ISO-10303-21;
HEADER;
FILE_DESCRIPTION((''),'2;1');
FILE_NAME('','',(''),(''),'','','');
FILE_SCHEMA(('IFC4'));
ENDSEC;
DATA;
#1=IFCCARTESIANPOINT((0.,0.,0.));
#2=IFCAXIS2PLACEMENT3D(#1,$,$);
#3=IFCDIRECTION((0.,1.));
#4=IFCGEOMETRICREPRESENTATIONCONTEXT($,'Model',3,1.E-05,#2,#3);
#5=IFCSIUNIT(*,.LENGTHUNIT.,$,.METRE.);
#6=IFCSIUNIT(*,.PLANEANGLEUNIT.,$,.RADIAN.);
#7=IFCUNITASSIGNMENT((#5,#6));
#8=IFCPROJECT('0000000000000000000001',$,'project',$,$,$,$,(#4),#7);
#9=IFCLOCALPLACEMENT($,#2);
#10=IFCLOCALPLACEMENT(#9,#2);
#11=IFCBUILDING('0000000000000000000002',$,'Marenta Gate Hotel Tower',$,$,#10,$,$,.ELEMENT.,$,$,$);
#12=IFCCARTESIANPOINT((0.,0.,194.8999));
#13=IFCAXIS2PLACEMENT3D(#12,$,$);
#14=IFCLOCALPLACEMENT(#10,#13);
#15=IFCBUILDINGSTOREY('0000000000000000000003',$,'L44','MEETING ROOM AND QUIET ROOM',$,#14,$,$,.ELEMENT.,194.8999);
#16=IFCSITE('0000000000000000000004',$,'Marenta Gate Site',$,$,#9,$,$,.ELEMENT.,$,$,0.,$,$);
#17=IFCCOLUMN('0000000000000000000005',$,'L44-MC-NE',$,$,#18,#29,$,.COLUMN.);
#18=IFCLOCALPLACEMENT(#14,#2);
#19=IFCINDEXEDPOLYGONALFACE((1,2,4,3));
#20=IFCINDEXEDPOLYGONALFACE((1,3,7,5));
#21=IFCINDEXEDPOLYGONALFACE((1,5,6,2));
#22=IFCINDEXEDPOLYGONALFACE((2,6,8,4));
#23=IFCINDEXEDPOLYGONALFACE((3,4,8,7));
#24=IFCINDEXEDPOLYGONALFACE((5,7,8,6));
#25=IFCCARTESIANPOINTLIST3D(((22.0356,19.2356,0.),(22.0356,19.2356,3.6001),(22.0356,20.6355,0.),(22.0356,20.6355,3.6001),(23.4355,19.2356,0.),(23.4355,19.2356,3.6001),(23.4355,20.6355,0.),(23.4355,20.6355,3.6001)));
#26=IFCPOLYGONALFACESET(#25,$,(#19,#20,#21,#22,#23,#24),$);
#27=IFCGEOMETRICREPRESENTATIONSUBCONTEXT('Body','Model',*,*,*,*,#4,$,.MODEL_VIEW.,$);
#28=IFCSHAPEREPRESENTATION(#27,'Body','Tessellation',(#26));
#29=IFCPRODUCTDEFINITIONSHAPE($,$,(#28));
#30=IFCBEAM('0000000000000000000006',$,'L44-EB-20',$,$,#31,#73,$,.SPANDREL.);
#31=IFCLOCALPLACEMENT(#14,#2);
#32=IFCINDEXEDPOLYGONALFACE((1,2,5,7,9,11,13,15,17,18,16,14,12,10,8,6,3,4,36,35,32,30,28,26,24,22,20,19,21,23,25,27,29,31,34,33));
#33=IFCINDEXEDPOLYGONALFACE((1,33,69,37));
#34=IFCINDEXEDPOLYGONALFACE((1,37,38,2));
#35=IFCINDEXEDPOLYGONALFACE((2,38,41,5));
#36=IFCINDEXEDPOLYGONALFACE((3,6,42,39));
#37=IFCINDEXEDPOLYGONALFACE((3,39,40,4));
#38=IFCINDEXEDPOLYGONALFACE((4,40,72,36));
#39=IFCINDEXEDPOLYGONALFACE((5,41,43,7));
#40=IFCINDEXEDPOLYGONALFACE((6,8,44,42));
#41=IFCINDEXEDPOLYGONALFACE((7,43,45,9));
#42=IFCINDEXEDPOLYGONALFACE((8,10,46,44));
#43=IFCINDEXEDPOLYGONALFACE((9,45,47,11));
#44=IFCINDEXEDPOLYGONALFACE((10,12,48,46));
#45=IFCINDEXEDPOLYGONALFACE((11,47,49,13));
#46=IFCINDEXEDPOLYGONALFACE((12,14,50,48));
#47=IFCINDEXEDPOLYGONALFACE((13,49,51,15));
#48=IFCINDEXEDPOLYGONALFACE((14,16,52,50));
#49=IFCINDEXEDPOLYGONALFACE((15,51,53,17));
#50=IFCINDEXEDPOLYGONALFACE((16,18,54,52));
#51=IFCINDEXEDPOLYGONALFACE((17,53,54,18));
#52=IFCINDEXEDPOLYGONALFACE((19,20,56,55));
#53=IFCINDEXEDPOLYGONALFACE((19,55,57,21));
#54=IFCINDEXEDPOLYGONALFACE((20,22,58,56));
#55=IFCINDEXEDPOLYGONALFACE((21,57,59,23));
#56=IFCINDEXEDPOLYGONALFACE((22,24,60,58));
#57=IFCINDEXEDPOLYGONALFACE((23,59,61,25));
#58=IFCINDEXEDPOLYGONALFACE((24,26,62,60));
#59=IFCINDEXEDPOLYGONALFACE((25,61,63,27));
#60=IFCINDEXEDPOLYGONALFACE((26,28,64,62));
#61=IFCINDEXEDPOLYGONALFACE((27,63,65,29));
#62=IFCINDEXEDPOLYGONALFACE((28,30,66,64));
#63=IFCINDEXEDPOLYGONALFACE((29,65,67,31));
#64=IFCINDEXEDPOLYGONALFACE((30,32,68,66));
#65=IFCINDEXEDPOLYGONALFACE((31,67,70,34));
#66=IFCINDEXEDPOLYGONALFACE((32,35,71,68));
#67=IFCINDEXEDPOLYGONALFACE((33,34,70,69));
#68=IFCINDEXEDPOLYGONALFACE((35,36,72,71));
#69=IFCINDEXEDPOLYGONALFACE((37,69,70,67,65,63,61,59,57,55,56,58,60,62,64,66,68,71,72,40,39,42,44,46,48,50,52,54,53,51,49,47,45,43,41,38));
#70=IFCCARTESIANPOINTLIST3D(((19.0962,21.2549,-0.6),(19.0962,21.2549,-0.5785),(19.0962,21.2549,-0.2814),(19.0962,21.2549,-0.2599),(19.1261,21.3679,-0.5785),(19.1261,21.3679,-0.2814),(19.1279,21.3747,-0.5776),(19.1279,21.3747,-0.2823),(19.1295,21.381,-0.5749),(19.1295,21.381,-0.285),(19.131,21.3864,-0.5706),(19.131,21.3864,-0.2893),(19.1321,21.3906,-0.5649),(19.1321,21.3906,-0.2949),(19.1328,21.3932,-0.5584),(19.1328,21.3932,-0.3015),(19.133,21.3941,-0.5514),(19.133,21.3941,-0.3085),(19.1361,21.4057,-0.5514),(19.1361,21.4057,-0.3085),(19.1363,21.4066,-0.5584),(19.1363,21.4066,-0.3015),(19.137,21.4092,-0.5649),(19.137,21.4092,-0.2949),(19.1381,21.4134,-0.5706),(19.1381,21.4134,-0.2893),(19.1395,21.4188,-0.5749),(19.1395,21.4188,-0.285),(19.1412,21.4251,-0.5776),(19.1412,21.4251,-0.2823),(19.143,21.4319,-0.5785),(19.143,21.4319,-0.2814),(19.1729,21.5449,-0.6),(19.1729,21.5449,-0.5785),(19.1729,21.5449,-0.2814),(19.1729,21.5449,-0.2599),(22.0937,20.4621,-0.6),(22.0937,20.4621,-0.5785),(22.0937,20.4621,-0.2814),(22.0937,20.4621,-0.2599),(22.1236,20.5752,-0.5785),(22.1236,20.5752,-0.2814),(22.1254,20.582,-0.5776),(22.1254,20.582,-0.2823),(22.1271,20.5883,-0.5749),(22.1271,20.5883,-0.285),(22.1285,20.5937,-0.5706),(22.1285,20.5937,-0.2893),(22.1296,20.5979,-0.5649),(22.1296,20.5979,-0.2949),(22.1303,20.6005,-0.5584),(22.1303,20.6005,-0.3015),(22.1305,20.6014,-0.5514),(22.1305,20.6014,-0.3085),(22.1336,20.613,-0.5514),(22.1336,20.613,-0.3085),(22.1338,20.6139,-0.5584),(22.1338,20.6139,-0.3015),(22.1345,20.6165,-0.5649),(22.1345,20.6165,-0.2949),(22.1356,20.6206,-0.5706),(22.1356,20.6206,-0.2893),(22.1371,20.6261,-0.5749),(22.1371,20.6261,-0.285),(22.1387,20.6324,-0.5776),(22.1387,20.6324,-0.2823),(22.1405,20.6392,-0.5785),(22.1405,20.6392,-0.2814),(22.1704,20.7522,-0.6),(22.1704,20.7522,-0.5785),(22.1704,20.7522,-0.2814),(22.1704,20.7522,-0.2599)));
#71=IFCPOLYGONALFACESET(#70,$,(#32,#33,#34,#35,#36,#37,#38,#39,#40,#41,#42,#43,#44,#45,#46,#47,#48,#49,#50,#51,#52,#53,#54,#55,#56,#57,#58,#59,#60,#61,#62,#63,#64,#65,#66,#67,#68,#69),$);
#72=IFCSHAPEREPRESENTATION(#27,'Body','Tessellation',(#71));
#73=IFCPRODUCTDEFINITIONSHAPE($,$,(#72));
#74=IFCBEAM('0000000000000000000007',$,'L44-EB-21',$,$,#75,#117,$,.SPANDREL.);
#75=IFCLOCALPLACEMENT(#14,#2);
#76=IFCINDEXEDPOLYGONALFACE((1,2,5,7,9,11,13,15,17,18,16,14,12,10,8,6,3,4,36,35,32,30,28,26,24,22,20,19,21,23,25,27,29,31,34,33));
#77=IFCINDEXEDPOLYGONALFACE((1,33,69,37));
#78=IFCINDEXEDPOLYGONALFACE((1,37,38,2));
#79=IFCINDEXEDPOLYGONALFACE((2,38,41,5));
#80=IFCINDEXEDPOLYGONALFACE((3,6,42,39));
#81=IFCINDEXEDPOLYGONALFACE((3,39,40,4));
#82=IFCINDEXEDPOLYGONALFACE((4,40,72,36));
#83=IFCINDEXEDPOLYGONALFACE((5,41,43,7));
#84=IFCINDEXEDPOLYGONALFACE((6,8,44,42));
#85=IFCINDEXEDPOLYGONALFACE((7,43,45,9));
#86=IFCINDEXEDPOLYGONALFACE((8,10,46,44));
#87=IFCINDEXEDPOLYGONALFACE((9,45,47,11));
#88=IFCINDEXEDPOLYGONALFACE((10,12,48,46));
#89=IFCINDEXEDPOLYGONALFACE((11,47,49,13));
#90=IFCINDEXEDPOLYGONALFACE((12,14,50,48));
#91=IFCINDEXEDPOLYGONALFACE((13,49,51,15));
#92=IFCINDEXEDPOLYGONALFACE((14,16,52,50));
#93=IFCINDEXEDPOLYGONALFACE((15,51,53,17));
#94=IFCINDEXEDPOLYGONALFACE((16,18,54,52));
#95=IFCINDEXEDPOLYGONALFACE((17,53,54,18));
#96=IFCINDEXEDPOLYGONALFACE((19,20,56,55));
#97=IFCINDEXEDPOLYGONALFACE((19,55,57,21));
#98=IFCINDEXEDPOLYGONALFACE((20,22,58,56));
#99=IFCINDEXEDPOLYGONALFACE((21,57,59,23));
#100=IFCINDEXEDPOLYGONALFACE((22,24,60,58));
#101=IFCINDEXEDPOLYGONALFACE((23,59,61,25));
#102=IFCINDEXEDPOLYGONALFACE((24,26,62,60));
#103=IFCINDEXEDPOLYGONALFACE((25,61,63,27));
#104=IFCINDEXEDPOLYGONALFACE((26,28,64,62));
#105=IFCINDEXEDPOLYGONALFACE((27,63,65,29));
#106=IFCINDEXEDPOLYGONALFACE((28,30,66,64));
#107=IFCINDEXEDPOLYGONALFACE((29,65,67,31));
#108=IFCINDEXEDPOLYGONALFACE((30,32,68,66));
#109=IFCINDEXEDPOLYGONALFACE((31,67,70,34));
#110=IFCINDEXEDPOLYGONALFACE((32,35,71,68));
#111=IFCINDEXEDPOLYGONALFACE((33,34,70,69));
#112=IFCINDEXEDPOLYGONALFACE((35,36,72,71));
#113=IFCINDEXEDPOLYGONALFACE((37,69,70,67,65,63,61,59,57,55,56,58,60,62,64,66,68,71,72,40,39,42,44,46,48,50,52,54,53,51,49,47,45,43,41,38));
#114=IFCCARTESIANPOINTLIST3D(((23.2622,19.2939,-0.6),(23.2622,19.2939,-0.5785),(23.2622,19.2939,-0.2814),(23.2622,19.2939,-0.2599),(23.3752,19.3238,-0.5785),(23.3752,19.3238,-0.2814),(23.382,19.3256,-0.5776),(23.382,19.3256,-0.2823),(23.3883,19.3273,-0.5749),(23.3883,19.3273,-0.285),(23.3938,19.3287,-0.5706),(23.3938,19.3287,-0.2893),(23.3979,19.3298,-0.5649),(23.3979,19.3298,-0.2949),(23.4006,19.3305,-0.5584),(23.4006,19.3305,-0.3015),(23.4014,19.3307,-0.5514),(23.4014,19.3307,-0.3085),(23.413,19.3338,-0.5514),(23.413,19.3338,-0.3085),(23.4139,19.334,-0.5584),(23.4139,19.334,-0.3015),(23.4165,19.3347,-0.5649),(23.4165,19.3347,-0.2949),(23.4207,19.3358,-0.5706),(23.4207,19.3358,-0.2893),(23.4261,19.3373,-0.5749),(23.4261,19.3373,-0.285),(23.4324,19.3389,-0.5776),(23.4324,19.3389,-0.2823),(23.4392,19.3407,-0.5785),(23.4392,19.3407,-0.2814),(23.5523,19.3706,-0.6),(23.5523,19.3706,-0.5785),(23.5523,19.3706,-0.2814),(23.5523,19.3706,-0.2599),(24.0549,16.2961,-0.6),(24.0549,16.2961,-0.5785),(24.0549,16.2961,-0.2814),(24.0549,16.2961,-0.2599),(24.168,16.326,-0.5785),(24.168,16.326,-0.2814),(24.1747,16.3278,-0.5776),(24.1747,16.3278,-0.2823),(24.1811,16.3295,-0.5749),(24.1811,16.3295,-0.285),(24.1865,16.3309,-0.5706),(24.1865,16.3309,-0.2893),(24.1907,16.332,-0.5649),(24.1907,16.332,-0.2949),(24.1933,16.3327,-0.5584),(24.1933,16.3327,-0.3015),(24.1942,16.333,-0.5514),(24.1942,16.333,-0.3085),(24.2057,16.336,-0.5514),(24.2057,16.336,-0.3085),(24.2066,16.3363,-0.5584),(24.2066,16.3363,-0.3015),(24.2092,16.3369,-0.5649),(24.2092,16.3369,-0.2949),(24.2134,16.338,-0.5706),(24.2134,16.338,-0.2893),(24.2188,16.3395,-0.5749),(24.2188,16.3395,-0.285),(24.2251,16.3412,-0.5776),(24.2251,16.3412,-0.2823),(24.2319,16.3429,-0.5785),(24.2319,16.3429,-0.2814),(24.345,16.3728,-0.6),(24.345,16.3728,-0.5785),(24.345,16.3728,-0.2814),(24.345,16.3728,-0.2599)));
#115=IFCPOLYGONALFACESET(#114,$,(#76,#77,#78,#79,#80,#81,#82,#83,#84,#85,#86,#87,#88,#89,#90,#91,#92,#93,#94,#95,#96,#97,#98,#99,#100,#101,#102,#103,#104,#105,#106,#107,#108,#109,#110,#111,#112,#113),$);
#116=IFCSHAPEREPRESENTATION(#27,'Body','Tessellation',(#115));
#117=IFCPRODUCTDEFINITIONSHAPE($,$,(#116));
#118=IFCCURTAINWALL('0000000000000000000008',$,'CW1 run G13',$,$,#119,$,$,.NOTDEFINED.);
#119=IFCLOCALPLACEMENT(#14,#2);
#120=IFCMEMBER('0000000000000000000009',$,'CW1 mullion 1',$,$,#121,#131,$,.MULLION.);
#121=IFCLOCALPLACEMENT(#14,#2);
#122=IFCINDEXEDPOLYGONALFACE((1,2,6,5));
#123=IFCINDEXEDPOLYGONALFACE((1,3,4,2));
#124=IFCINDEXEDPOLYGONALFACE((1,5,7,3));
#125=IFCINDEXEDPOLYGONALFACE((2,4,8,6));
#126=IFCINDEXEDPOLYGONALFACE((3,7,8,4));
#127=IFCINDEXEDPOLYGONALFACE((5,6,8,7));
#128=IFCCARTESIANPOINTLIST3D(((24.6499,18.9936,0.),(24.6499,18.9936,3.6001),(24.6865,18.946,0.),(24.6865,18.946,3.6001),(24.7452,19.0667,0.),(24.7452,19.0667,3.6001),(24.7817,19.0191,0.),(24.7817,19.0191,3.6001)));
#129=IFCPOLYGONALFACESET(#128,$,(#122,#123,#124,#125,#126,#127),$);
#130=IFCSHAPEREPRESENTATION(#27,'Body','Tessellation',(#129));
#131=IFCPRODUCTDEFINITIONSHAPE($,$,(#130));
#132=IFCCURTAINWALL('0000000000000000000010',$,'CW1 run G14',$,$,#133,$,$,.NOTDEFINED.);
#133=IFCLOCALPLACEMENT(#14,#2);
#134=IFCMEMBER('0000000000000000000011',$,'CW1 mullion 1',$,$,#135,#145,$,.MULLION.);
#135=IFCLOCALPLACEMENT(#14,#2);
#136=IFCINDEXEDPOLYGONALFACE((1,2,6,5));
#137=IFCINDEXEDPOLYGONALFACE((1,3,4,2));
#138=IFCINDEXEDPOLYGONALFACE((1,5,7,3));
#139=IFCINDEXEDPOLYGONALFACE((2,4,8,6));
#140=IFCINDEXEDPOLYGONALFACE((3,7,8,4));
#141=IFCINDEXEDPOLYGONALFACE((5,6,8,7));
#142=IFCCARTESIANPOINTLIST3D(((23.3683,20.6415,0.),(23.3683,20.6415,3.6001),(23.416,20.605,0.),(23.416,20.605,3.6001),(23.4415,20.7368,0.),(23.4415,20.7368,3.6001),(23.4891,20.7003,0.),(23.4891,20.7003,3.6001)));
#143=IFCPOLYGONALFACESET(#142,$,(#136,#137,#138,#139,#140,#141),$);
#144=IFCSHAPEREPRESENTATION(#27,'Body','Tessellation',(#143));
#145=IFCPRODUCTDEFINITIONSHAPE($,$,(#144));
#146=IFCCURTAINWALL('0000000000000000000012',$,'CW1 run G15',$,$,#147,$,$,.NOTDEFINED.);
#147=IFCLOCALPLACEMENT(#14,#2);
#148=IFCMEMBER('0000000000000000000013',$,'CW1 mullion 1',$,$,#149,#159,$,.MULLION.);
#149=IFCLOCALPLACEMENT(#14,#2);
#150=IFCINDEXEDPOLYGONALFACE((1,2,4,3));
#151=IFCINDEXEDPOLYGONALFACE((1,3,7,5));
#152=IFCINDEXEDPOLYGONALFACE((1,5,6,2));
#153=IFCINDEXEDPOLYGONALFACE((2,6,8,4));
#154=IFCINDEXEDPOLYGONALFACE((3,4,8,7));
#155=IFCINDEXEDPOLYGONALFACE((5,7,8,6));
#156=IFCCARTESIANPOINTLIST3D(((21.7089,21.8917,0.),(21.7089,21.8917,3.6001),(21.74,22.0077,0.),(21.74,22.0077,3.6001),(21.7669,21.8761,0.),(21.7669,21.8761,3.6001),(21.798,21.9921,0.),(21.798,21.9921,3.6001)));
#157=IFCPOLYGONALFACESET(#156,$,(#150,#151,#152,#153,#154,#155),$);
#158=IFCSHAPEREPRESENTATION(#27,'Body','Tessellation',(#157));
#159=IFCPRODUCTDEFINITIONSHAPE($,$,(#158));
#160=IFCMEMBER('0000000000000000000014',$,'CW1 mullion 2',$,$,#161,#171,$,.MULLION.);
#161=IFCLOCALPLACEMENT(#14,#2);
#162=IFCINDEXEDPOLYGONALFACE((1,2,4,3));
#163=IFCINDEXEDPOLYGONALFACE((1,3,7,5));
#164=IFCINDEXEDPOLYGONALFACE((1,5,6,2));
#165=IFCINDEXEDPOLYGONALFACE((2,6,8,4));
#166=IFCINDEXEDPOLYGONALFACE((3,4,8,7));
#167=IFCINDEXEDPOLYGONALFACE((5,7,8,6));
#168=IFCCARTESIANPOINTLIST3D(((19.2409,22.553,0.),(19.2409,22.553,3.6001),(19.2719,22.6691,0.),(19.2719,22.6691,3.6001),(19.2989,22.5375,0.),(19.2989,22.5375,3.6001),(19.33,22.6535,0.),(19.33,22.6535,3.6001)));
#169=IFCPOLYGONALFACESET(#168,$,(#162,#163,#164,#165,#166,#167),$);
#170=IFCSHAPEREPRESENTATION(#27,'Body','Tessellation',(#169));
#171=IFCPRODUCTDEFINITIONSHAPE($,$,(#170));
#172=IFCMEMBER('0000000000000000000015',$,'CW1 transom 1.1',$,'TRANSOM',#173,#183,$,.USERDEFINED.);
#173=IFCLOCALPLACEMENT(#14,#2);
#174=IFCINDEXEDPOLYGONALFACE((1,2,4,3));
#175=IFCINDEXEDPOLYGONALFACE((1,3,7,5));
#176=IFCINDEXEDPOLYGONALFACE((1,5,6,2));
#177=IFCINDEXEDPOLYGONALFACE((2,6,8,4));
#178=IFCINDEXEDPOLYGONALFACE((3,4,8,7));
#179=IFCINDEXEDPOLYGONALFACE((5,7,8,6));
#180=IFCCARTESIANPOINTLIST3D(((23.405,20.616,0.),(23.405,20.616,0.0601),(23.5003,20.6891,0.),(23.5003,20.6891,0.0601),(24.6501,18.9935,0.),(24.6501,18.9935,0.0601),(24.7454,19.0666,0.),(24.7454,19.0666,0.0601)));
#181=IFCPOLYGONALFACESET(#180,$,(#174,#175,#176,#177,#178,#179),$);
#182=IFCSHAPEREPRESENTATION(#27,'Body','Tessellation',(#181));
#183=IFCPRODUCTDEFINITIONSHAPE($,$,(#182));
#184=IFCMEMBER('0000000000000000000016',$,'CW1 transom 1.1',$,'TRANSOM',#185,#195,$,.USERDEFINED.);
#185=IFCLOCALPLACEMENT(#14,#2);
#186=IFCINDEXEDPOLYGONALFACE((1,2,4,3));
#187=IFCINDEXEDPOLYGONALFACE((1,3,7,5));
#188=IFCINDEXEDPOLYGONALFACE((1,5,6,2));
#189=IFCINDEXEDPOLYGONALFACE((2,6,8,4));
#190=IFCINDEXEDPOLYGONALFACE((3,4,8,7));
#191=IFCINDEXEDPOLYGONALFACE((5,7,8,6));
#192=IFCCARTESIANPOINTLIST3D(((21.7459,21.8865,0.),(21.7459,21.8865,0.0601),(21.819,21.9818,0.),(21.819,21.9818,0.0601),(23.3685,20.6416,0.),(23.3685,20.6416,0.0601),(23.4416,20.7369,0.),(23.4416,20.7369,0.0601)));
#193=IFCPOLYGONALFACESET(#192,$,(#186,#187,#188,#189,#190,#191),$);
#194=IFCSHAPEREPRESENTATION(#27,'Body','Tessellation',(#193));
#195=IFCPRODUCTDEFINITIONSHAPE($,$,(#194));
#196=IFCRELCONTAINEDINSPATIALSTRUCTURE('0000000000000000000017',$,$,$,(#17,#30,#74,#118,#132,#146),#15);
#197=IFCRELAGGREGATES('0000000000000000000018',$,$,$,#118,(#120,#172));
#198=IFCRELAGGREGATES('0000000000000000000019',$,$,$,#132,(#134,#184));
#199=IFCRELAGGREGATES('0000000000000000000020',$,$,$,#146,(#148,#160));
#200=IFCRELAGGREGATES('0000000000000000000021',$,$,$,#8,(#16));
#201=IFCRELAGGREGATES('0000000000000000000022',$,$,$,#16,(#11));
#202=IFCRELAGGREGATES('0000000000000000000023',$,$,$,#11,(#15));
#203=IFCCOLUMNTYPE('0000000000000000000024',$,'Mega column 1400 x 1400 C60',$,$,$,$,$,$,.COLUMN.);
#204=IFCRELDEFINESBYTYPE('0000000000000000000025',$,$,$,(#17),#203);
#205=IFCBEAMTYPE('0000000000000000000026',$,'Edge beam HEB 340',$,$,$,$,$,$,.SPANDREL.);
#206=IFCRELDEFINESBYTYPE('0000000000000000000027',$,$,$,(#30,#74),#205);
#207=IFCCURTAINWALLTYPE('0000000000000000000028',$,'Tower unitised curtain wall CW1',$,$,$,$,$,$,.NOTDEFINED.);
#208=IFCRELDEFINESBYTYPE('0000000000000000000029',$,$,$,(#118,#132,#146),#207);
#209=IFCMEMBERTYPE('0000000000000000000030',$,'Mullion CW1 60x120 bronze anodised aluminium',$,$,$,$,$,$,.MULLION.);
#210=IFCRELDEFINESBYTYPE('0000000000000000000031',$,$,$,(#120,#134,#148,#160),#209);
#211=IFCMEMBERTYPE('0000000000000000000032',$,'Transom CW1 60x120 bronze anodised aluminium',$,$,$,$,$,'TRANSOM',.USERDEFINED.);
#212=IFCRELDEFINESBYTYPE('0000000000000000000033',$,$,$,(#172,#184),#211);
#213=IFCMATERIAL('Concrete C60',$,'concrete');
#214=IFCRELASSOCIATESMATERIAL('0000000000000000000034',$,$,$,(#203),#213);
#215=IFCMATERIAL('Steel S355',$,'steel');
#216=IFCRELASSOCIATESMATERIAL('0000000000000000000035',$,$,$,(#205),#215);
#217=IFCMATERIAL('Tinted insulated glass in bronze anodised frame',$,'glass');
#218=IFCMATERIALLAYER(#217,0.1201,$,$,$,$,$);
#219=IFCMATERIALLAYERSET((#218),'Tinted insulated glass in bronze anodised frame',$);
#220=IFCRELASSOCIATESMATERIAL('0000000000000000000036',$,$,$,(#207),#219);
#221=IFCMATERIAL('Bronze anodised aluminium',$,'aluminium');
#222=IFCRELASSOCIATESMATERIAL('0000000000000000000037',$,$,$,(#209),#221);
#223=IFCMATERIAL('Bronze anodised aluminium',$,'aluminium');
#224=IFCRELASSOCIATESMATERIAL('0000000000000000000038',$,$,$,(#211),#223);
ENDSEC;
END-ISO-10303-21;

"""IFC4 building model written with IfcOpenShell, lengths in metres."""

from ifc_helpers import new_model, si_unit, direction, frame, origin, origin_2d, place, context, subcontext, project, spatial, rectangle, i_section, extrude, material, layer, layer_set, material_profile, profile_set, type_object, element, aggregate, save


model = new_model("IFC4")

# Units and contexts
model_context = context("Model", 3, precision=1e-05, world=origin(), true_north=direction((0.0, 1.0)))
body_context = subcontext(model_context, "Body", "Model", "MODEL_VIEW")
ifc_project = project(units=[si_unit("LENGTHUNIT", "METRE"), si_unit("PLANEANGLEUNIT", "RADIAN")], contexts=[model_context])

# Site, building, storey
site_placement = place(None, origin())
site = spatial("IfcSite", under=ifc_project, at=site_placement, Name="Marenta Gate Site", CompositionType="ELEMENT", RefElevation=0.0)
building_placement = place(site_placement, origin())
building = spatial("IfcBuilding", under=site, at=building_placement, Name="Marenta Gate Hotel Tower", CompositionType="ELEMENT")
storey_placement = place(building_placement, frame((0.0, 0.0, 194.8999)))
storey = spatial("IfcBuildingStorey", under=building, at=storey_placement, Name="L44", Description="MEETING ROOM AND QUIET ROOM", CompositionType="ELEMENT", Elevation=194.8999)

# Column
ifc_material_1 = material(Name="Concrete C60", Category="concrete")
ifc_material_profile_1 = material_profile(ifc_material_1, rectangle(XDim=1.3999, YDim=1.3999, at=origin_2d()), Name="1400 x 1400")
ifc_profile_set_1 = profile_set([ifc_material_profile_1], Name="Concrete C60")
column_type = type_object("IfcColumnType", Name="Mega column 1400 x 1400 C60", PredefinedType="COLUMN", material=ifc_profile_set_1)
column_placement = place(storey_placement, frame((22.7356, 19.9355, 0.0), z_axis=(0.0, 0.0, 1.0), x_axis=(1.0, 0.0, 0.0)))
element("IfcColumn", 1, at=column_placement, inside=storey, type_object=column_type, Name="L44-MC-NE", PredefinedType="COLUMN", context=body_context, shape_type="SweptSolid", body=[
    extrude(rectangle(XDim=1.3999, YDim=1.3999, at=origin_2d()), origin(), (0.0, 0.0, 1.0), 3.6001),
])

# Beams
ifc_material_2 = material(Name="Steel S355", Category="steel")
ifc_material_profile_2 = material_profile(ifc_material_2, i_section(OverallWidth=0.3, OverallDepth=0.3401, WebThickness=0.012, FlangeThickness=0.0215, FilletRadius=0.0271, at=origin_2d()), Name="HEB 340")
ifc_profile_set_2 = profile_set([ifc_material_profile_2], Name="Steel S355")
beam_type = type_object("IfcBeamType", Name="Edge beam HEB 340", PredefinedType="SPANDREL", material=ifc_profile_set_2)
beam_1_placement = place(storey_placement, frame((19.1345, 21.3999, -0.4299), z_axis=(0.966765, -0.255667, 0.0), x_axis=(0.255667, 0.966765, 0.0)))
element("IfcBeam", 2, at=beam_1_placement, inside=storey, type_object=beam_type, Name="L44-EB-20", PredefinedType="SPANDREL", context=body_context, shape_type="SweptSolid", body=[
    extrude(i_section(OverallWidth=0.3, OverallDepth=0.3401, WebThickness=0.012, FlangeThickness=0.0215, FilletRadius=0.0271, at=origin_2d()), origin(), (0.0, 0.0, 1.0), 3.1006),
])
beam_2_placement = place(storey_placement, frame((23.4072, 19.3323, -0.4299), z_axis=(0.255648, -0.96677, 0.0), x_axis=(0.96677, 0.255648, 0.0)))
element("IfcBeam", 3, at=beam_2_placement, inside=storey, type_object=beam_type, Name="L44-EB-21", PredefinedType="SPANDREL", context=body_context, shape_type="SweptSolid", body=[
    extrude(i_section(OverallWidth=0.3, OverallDepth=0.3401, WebThickness=0.012, FlangeThickness=0.0215, FilletRadius=0.0271, at=origin_2d()), origin(), (0.0, 0.0, 1.0), 3.1008),
])

# Curtain walls, members
ifc_material_3 = material(Name="Tinted insulated glass in bronze anodised frame", Category="glass")
ifc_layer_1 = layer(ifc_material_3, 0.1201)
ifc_layer_set_1 = layer_set([ifc_layer_1], Name="Tinted insulated glass in bronze anodised frame")
curtain_wall_type = type_object("IfcCurtainWallType", Name="Tower unitised curtain wall CW1", PredefinedType="NOTDEFINED", material=ifc_layer_set_1)
curtain_wall_1_placement = place(storey_placement, origin())
curtain_wall_1 = element("IfcCurtainWall", 4, at=curtain_wall_1_placement, inside=storey, type_object=curtain_wall_type, Name="CW1 run G13", PredefinedType="NOTDEFINED")
ifc_material_4 = material(Name="Bronze anodised aluminium", Category="aluminium")
ifc_material_profile_3 = material_profile(ifc_material_4, rectangle(XDim=0.1201, YDim=0.0601, at=origin_2d()), Name="Mullion CW1 60x120 bronze anodised aluminium")
ifc_profile_set_3 = profile_set([ifc_material_profile_3], Name="Bronze anodised aluminium")
member_type_1 = type_object("IfcMemberType", Name="Mullion CW1 60x120 bronze anodised aluminium", PredefinedType="MULLION", material=ifc_profile_set_3)
member_1_placement = place(storey_placement, frame((24.7158, 19.0063, 0.0), z_axis=(0.0, 0.0, 1.0), x_axis=(-0.793333, -0.608787, 0.0)))
member_1 = element("IfcMember", 5, at=member_1_placement, type_object=member_type_1, Name="CW1 mullion 1", PredefinedType="MULLION", context=body_context, shape_type="SweptSolid", body=[
    extrude(rectangle(XDim=0.1201, YDim=0.0601, at=origin_2d()), origin(), (0.0, 0.0, 1.0), 3.6001),
])
curtain_wall_2_placement = place(storey_placement, origin())
curtain_wall_2 = element("IfcCurtainWall", 6, at=curtain_wall_2_placement, inside=storey, type_object=curtain_wall_type, Name="CW1 run G14", PredefinedType="NOTDEFINED")
member_2_placement = place(storey_placement, frame((23.4287, 20.6709, 0.0), z_axis=(0.0, 0.0, 1.0), x_axis=(-0.608787, -0.793333, 0.0)))
member_2 = element("IfcMember", 7, at=member_2_placement, type_object=member_type_1, Name="CW1 mullion 1", PredefinedType="MULLION", context=body_context, shape_type="SweptSolid", body=[
    extrude(rectangle(XDim=0.1201, YDim=0.0601, at=origin_2d()), origin(), (0.0, 0.0, 1.0), 3.6001),
])

# Curtain wall, members
curtain_wall_3_placement = place(storey_placement, origin())
curtain_wall_3 = element("IfcCurtainWall", 8, at=curtain_wall_3_placement, inside=storey, type_object=curtain_wall_type, Name="CW1 run G15", PredefinedType="NOTDEFINED")
member_3_placement = place(storey_placement, frame((21.7534, 21.9419, 0.0), z_axis=(0.0, 0.0, 1.0), x_axis=(-0.258805, -0.96593, 0.0)))
member_3 = element("IfcMember", 9, at=member_3_placement, type_object=member_type_1, Name="CW1 mullion 1", PredefinedType="MULLION", context=body_context, shape_type="SweptSolid", body=[
    extrude(rectangle(XDim=0.1201, YDim=0.0601, at=origin_2d()), origin(), (0.0, 0.0, 1.0), 3.6001),
])
member_4_placement = place(storey_placement, frame((19.2854, 22.6033, 0.0), z_axis=(0.0, 0.0, 1.0), x_axis=(-0.258805, -0.96593, 0.0)))
member_4 = element("IfcMember", 10, at=member_4_placement, type_object=member_type_1, Name="CW1 mullion 2", PredefinedType="MULLION", context=body_context, shape_type="SweptSolid", body=[
    extrude(rectangle(XDim=0.1201, YDim=0.0601, at=origin_2d()), origin(), (0.0, 0.0, 1.0), 3.6001),
])

# Members
ifc_material_5 = material(Name="Bronze anodised aluminium", Category="aluminium")
ifc_material_profile_4 = material_profile(ifc_material_5, rectangle(XDim=0.1201, YDim=0.0601, at=origin_2d()), Name="Transom CW1 60x120 bronze anodised aluminium")
ifc_profile_set_4 = profile_set([ifc_material_profile_4], Name="Bronze anodised aluminium")
member_type_2 = type_object("IfcMemberType", Name="Transom CW1 60x120 bronze anodised aluminium", ElementType="TRANSOM", PredefinedType="USERDEFINED", material=ifc_profile_set_4)
member_5_placement = place(storey_placement, frame((24.6978, 19.03, 0.03), z_axis=(-0.608787, 0.793333, 0.0), x_axis=(-0.793333, -0.608787, 0.0)))
member_5 = element("IfcMember", 11, at=member_5_placement, type_object=member_type_2, Name="CW1 transom 1.1", ObjectType="TRANSOM", PredefinedType="USERDEFINED", context=body_context, shape_type="SweptSolid", body=[
    extrude(rectangle(XDim=0.1201, YDim=0.0601, at=origin_2d()), origin(), (0.0, 0.0, 1.0), 2.0452),
])
member_6_placement = place(storey_placement, frame((23.405, 20.6892, 0.03), z_axis=(-0.793391, 0.608712, 0.0), x_axis=(-0.608712, -0.793391, 0.0)))
member_6 = element("IfcMember", 12, at=member_6_placement, type_object=member_type_2, Name="CW1 transom 1.1", ObjectType="TRANSOM", PredefinedType="USERDEFINED", context=body_context, shape_type="SweptSolid", body=[
    extrude(rectangle(XDim=0.1201, YDim=0.0601, at=origin_2d()), origin(), (0.0, 0.0, 1.0), 2.0452),
])

aggregate(curtain_wall_1, [member_1, member_5])
aggregate(curtain_wall_2, [member_2, member_6])
aggregate(curtain_wall_3, [member_3, member_4])

save(model, "model.ifc")
